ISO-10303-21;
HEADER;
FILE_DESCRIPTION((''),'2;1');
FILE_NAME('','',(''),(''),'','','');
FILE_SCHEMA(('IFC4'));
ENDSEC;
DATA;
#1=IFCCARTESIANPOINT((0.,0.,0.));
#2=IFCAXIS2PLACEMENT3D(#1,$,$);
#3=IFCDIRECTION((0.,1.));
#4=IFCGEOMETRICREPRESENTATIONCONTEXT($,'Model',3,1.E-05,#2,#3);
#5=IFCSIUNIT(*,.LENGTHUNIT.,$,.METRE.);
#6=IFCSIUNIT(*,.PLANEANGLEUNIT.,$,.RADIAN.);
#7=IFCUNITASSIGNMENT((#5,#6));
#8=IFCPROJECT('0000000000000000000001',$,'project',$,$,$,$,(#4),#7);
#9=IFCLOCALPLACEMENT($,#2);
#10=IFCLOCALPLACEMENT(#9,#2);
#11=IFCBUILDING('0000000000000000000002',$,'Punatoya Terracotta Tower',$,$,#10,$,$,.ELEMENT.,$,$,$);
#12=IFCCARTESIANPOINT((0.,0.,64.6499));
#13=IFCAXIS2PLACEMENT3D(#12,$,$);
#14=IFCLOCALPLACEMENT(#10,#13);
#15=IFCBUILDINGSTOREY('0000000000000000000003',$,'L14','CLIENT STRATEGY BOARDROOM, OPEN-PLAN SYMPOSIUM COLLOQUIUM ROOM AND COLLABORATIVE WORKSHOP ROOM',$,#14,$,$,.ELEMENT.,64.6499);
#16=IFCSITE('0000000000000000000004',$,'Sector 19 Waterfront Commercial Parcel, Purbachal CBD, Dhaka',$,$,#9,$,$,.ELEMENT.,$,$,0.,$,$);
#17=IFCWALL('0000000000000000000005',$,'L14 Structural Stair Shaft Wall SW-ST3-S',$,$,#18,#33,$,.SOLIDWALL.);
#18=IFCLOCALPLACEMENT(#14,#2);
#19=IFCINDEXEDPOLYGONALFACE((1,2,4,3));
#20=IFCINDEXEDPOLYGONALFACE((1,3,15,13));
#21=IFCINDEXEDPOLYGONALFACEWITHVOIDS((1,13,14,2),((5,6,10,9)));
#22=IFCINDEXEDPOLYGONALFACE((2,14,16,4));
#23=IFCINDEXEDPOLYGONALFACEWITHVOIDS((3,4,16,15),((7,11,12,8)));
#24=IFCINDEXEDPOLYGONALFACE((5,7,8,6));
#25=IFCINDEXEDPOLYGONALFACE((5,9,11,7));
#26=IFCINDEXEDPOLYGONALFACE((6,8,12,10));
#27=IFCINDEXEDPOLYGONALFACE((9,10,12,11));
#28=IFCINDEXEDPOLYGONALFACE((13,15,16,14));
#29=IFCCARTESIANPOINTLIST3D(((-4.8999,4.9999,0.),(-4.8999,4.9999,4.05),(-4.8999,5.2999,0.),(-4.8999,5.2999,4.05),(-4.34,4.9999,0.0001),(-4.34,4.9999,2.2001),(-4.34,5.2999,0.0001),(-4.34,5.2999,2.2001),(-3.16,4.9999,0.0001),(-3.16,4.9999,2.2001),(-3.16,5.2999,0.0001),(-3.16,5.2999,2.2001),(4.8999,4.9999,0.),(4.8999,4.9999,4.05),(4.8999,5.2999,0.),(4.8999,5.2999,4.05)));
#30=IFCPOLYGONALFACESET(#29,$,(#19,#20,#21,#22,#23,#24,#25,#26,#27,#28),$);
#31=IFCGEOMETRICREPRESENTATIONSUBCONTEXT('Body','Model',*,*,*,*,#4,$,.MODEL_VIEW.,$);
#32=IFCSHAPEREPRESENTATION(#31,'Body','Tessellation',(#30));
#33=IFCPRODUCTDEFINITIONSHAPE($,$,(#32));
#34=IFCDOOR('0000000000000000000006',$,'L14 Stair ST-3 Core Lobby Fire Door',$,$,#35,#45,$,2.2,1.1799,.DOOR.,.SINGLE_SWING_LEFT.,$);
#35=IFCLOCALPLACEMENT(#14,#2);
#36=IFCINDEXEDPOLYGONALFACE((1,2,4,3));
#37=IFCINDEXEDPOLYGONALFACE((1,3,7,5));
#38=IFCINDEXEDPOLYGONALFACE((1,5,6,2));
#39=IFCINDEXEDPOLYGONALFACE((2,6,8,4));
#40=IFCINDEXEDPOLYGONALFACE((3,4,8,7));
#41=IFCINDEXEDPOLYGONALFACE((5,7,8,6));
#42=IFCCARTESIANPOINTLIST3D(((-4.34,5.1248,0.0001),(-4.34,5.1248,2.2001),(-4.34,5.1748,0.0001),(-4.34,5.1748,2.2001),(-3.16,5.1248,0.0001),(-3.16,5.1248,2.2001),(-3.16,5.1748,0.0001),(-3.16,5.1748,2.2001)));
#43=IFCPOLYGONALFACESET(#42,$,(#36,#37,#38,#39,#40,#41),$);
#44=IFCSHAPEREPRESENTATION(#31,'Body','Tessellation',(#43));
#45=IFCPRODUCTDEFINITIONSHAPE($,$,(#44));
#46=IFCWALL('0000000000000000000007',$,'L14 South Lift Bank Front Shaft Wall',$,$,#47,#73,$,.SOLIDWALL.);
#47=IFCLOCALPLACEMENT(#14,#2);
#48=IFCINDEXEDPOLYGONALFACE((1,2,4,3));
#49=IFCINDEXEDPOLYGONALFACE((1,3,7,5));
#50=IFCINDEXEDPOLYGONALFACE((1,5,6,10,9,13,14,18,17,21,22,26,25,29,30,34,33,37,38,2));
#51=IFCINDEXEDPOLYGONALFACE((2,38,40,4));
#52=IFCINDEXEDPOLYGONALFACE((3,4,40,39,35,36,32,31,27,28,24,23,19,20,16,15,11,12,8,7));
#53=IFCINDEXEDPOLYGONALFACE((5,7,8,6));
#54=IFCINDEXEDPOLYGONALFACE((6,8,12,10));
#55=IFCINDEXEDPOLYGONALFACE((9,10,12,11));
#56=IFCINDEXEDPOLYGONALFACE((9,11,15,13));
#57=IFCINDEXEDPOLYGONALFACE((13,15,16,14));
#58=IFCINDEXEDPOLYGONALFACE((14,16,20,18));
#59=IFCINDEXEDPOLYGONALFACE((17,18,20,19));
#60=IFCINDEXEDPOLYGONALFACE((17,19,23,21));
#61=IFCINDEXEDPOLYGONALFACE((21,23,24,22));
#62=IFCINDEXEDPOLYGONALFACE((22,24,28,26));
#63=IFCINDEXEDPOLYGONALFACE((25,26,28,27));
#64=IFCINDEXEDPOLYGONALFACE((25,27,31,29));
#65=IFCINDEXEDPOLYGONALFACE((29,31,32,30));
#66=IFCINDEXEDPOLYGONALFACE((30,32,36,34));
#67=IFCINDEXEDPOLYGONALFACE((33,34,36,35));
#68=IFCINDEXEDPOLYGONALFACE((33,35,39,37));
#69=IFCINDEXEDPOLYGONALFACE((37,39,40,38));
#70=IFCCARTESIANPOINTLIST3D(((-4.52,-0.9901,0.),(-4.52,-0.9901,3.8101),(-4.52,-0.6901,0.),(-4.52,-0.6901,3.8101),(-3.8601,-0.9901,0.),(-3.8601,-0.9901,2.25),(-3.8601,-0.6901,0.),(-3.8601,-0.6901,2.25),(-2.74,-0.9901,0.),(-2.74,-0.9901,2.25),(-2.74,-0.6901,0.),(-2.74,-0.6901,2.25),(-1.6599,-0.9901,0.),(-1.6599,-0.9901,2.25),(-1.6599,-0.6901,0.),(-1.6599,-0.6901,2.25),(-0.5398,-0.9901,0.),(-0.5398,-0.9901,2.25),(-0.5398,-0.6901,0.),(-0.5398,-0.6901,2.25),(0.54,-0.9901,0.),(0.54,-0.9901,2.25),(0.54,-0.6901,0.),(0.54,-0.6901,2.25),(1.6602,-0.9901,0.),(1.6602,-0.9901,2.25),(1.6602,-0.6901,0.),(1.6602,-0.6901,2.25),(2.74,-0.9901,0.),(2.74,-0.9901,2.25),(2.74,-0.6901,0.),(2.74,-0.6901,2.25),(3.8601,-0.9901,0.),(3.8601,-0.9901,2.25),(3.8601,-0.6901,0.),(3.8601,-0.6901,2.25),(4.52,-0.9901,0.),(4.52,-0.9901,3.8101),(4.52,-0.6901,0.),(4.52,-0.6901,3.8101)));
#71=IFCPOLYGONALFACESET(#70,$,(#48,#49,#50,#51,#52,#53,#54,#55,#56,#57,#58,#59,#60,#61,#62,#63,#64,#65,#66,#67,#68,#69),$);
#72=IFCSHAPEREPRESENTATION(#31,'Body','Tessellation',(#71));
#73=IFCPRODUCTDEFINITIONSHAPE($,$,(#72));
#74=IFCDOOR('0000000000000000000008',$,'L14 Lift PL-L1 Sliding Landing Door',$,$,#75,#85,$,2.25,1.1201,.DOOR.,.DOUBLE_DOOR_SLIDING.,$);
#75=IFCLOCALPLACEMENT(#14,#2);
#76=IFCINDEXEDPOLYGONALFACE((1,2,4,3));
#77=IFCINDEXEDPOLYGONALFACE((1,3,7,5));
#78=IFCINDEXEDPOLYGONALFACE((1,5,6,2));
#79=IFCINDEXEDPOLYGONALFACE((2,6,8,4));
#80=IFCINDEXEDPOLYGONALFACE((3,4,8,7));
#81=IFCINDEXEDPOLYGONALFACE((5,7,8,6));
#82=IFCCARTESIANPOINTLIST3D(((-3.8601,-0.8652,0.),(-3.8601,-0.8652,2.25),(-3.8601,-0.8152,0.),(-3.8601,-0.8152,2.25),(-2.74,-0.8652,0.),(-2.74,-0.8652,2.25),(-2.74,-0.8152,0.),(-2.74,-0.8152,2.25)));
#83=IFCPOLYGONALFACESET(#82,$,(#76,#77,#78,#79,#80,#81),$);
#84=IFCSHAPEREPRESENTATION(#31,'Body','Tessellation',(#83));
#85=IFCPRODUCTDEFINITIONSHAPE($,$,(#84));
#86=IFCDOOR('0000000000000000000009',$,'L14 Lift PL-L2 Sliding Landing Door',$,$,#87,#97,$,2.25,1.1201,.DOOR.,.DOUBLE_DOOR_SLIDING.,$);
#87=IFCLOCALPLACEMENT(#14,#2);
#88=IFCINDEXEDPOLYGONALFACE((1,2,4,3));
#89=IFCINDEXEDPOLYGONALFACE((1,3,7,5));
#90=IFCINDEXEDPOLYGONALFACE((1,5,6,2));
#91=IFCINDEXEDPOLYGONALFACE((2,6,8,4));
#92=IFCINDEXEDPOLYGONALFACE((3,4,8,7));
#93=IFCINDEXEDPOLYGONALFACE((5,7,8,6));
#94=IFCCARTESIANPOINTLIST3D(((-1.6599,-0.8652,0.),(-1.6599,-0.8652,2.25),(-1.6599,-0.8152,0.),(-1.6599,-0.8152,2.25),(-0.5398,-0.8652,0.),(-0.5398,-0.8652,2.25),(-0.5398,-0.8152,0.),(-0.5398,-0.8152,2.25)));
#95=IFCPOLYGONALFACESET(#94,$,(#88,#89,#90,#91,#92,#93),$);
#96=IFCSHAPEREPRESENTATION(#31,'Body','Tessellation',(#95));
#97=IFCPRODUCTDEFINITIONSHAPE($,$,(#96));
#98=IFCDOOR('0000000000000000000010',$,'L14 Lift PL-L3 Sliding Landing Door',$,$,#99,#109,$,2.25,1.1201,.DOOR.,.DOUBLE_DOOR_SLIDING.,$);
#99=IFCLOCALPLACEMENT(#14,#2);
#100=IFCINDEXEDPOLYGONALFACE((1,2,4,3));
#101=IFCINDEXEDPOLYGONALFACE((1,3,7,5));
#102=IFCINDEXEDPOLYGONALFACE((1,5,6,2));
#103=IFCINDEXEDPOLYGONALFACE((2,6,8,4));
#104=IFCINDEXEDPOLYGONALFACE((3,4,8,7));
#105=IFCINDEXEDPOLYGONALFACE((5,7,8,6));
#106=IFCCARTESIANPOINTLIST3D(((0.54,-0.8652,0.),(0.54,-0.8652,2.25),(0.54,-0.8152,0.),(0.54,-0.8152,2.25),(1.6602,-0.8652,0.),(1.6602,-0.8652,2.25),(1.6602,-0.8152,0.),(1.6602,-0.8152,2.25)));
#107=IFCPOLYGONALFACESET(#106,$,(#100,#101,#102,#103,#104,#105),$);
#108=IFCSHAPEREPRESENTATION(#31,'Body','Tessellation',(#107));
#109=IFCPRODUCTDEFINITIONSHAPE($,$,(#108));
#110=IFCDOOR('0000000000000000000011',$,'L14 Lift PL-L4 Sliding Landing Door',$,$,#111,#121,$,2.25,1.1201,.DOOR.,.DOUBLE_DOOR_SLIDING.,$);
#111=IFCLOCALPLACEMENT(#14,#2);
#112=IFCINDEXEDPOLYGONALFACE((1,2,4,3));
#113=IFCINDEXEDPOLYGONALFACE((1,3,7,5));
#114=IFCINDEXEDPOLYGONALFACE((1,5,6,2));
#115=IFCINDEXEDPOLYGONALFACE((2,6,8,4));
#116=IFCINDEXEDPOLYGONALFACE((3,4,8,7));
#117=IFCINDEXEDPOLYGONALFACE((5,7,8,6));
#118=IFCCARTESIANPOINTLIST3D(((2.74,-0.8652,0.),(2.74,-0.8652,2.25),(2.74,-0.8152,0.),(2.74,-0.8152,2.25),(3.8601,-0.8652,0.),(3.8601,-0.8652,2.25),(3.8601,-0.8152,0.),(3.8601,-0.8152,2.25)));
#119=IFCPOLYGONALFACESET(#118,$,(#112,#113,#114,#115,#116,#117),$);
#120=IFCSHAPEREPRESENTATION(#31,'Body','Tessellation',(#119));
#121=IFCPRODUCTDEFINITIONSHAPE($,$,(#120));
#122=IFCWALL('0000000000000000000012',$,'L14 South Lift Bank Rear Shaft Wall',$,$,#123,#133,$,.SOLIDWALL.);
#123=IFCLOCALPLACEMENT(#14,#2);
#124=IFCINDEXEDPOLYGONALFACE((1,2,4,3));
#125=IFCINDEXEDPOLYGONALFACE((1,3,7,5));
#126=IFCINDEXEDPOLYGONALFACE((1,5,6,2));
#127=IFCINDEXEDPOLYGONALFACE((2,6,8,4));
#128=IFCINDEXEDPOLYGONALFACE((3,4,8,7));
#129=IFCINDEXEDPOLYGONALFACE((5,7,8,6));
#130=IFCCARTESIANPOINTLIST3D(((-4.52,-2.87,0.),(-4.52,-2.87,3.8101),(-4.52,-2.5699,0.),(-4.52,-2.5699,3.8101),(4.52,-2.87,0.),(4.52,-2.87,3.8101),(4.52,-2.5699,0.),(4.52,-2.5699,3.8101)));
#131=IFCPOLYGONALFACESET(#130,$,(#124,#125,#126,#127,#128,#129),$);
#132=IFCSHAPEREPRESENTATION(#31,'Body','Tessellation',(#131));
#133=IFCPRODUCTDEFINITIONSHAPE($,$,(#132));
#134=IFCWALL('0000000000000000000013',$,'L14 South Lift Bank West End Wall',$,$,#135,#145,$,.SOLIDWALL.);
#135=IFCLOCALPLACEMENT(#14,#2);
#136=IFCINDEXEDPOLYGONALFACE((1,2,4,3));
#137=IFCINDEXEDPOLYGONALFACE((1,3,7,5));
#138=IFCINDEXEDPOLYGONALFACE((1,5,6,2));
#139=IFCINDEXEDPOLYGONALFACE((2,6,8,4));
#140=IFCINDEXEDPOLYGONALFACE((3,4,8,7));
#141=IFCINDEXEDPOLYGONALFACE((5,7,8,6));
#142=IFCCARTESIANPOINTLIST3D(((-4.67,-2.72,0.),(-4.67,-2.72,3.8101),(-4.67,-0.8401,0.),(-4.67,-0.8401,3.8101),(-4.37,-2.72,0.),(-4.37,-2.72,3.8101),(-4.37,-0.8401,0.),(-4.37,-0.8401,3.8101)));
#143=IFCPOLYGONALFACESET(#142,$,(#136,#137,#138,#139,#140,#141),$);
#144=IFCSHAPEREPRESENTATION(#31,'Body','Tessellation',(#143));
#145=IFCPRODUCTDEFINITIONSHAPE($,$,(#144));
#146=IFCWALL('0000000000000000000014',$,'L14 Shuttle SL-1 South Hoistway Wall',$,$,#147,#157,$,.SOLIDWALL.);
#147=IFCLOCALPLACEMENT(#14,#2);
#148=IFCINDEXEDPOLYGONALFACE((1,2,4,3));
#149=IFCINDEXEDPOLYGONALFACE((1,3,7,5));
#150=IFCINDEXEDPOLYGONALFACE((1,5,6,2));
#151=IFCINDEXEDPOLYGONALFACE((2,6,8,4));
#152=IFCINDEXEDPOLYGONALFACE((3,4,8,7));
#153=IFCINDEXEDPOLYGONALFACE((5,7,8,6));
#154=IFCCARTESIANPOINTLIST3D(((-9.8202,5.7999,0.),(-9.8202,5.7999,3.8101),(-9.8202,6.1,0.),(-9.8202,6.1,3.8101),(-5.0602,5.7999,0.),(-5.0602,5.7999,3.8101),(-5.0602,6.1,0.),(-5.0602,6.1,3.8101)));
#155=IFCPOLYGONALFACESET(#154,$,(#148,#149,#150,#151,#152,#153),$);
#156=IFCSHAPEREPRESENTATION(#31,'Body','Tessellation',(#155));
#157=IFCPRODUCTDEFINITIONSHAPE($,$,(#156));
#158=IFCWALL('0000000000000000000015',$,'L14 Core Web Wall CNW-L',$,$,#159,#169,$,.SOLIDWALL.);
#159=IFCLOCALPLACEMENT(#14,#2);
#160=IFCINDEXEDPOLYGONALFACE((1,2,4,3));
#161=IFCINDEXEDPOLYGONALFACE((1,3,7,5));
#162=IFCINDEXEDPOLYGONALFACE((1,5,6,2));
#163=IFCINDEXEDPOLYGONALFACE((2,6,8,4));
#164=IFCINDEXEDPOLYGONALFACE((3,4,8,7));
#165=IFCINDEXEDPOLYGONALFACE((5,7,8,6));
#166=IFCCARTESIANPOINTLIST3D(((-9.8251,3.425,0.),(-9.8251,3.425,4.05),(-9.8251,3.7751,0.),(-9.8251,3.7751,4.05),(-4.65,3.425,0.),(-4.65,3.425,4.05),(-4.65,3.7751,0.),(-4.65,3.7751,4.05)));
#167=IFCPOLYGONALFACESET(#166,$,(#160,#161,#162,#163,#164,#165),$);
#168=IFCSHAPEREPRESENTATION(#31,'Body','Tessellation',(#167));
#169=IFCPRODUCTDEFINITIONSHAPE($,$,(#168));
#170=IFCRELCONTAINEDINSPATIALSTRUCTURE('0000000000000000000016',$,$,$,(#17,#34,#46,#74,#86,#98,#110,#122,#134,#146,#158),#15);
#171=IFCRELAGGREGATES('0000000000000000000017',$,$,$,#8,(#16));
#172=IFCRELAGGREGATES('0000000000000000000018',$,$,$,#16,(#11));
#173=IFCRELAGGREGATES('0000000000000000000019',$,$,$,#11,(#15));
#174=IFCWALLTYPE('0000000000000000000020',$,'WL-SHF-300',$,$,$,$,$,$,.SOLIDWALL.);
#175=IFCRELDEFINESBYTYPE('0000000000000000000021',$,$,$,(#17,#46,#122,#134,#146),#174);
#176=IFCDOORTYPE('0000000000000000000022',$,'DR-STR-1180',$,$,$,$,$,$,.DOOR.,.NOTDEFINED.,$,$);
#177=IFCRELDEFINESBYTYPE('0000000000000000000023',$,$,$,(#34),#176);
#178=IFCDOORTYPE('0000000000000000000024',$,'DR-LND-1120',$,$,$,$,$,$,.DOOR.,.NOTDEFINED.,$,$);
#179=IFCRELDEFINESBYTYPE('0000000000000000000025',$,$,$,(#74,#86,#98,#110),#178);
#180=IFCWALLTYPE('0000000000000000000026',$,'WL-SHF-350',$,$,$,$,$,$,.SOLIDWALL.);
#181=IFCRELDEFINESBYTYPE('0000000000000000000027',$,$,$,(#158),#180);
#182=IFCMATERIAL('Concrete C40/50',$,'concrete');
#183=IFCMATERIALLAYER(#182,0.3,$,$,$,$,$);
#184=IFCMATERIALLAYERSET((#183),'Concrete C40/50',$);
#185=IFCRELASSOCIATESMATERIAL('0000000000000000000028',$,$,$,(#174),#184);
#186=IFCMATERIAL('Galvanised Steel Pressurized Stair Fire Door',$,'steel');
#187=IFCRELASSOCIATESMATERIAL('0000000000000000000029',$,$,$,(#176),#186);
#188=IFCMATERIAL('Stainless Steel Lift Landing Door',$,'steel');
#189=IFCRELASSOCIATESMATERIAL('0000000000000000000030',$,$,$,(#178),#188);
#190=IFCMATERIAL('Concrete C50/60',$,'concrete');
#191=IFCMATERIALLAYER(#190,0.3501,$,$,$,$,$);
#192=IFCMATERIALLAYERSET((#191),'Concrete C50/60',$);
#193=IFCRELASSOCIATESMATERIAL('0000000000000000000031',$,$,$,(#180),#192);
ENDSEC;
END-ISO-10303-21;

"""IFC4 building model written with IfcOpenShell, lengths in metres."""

from ifc_helpers import new_model, si_unit, direction, frame, frame_2d, origin, place, context, subcontext, project, spatial, rectangle, extrude, material, layer, layer_set, type_object, element, fill, save


model = new_model("IFC4")

# Units and contexts
model_context = context("Model", 3, precision=1e-05, world=origin(), true_north=direction((0.0, 1.0)))
body_context = subcontext(model_context, "Body", "Model", "MODEL_VIEW")
ifc_project = project(units=[si_unit("LENGTHUNIT", "METRE"), si_unit("PLANEANGLEUNIT", "RADIAN")], contexts=[model_context])

# Site, building, storey
site_placement = place(None, origin())
site = spatial("IfcSite", under=ifc_project, at=site_placement, Name="Sector 19 Waterfront Commercial Parcel, Purbachal CBD, Dhaka", CompositionType="ELEMENT", RefElevation=0.0)
building_placement = place(site_placement, origin())
building = spatial("IfcBuilding", under=site, at=building_placement, Name="Punatoya Terracotta Tower", CompositionType="ELEMENT")
storey_placement = place(building_placement, frame((0.0, 0.0, 64.6499)))
storey = spatial("IfcBuildingStorey", under=building, at=storey_placement, Name="L14", Description="CLIENT STRATEGY BOARDROOM, OPEN-PLAN SYMPOSIUM COLLOQUIUM ROOM AND COLLABORATIVE WORKSHOP ROOM", CompositionType="ELEMENT", Elevation=64.6499)

# Shared definitions
ifc_material_1 = material(Name="Concrete C40/50", Category="concrete")

# Shared definitions
ifc_layer_1 = layer(ifc_material_1, 0.3)
ifc_layer_set_1 = layer_set([ifc_layer_1], Name="Concrete C40/50")
wall_type_1 = type_object("IfcWallType", Name="WL-SHF-300", PredefinedType="SOLIDWALL", material=ifc_layer_set_1)

# Wall, opening, door
wall_1_placement = place(storey_placement, frame((-4.8999, 5.1499, 0.0), z_axis=(0.0, 0.0, 1.0), x_axis=(1.0, 0.0, 0.0)))
wall_1 = element("IfcWall", 1, at=wall_1_placement, inside=storey, type_object=wall_type_1, Name="L14 Structural Stair Shaft Wall SW-ST3-S", PredefinedType="SOLIDWALL", context=body_context, shape_type="SweptSolid", body=[
    extrude(rectangle(XDim=9.7998, YDim=0.3, at=frame_2d((4.8999, 0.0))), origin(), (0.0, 0.0, 1.0), 4.05),
])
opening_1_placement = place(wall_1_placement, frame((0.5601, 0.0, 0.0)))
opening_1 = element("IfcOpeningElement", 2, at=opening_1_placement, cuts=wall_1, PredefinedType="OPENING", context=body_context, shape_type="SweptSolid", body=[
    extrude(rectangle(XDim=1.1799, YDim=2.2, at=frame_2d((0.5898, 1.1001))), frame((0.0, 0.1599, 0.0), z_axis=(0.0, -1.0, 0.0), x_axis=(1.0, 0.0, 0.0)), (0.0, 0.0, 1.0), 0.3201),
])
ifc_material_2 = material(Name="Galvanised Steel Pressurized Stair Fire Door", Category="steel")
door_type_1 = type_object("IfcDoorType", Name="DR-STR-1180", OperationType="NOTDEFINED", PredefinedType="DOOR", material=ifc_material_2)
door_1_placement = place(opening_1_placement, origin())
door_1 = element("IfcDoor", 3, at=door_1_placement, inside=storey, type_object=door_type_1, Name="L14 Stair ST-3 Core Lobby Fire Door", OperationType="SINGLE_SWING_LEFT", OverallHeight=2.2, OverallWidth=1.1799, PredefinedType="DOOR", context=body_context, shape_type="SweptSolid", body=[
    extrude(rectangle(XDim=1.1799, YDim=2.2, at=frame_2d((0.5898, 1.1001))), frame((0.0, 0.0249, 0.0), z_axis=(0.0, -1.0, 0.0), x_axis=(1.0, 0.0, 0.0)), (0.0, 0.0, 1.0), 0.05),
])
fill(opening_1, door_1)

# Wall, openings, doors
wall_2_placement = place(storey_placement, frame((-4.52, -0.8401, 0.0), z_axis=(0.0, 0.0, 1.0), x_axis=(1.0, 0.0, 0.0)))
wall_2 = element("IfcWall", 4, at=wall_2_placement, inside=storey, type_object=wall_type_1, Name="L14 South Lift Bank Front Shaft Wall", PredefinedType="SOLIDWALL", context=body_context, shape_type="SweptSolid", body=[
    extrude(rectangle(XDim=9.04, YDim=0.3, at=frame_2d((4.52, 0.0))), origin(), (0.0, 0.0, 1.0), 3.8101),
])
opening_2_placement = place(wall_2_placement, frame((0.6599, 0.0, 0.0)))
opening_2 = element("IfcOpeningElement", 5, at=opening_2_placement, cuts=wall_2, PredefinedType="OPENING", context=body_context, shape_type="SweptSolid", body=[
    extrude(rectangle(XDim=1.1201, YDim=2.25, at=frame_2d((0.5601, 1.125))), frame((0.0, 0.1599, 0.0), z_axis=(0.0, -1.0, 0.0), x_axis=(1.0, 0.0, 0.0)), (0.0, 0.0, 1.0), 0.3201),
])
opening_3_placement = place(wall_2_placement, frame((2.8601, 0.0, 0.0)))
opening_3 = element("IfcOpeningElement", 6, at=opening_3_placement, cuts=wall_2, PredefinedType="OPENING", context=body_context, shape_type="SweptSolid", body=[
    extrude(rectangle(XDim=1.1201, YDim=2.25, at=frame_2d((0.5601, 1.125))), frame((0.0, 0.1599, 0.0), z_axis=(0.0, -1.0, 0.0), x_axis=(1.0, 0.0, 0.0)), (0.0, 0.0, 1.0), 0.3201),
])
opening_4_placement = place(wall_2_placement, frame((5.0601, 0.0, 0.0)))
opening_4 = element("IfcOpeningElement", 7, at=opening_4_placement, cuts=wall_2, PredefinedType="OPENING", context=body_context, shape_type="SweptSolid", body=[
    extrude(rectangle(XDim=1.1201, YDim=2.25, at=frame_2d((0.5601, 1.125))), frame((0.0, 0.1599, 0.0), z_axis=(0.0, -1.0, 0.0), x_axis=(1.0, 0.0, 0.0)), (0.0, 0.0, 1.0), 0.3201),
])
opening_5_placement = place(wall_2_placement, frame((7.26, 0.0, 0.0)))
opening_5 = element("IfcOpeningElement", 8, at=opening_5_placement, cuts=wall_2, PredefinedType="OPENING", context=body_context, shape_type="SweptSolid", body=[
    extrude(rectangle(XDim=1.1201, YDim=2.25, at=frame_2d((0.5601, 1.125))), frame((0.0, 0.1599, 0.0), z_axis=(0.0, -1.0, 0.0), x_axis=(1.0, 0.0, 0.0)), (0.0, 0.0, 1.0), 0.3201),
])
ifc_material_3 = material(Name="Stainless Steel Lift Landing Door", Category="steel")
door_type_2 = type_object("IfcDoorType", Name="DR-LND-1120", OperationType="NOTDEFINED", PredefinedType="DOOR", material=ifc_material_3)
door_2_placement = place(opening_2_placement, origin())
door_2 = element("IfcDoor", 9, at=door_2_placement, inside=storey, type_object=door_type_2, Name="L14 Lift PL-L1 Sliding Landing Door", OperationType="DOUBLE_DOOR_SLIDING", OverallHeight=2.25, OverallWidth=1.1201, PredefinedType="DOOR", context=body_context, shape_type="SweptSolid", body=[
    extrude(rectangle(XDim=1.1201, YDim=2.25, at=frame_2d((0.5601, 1.125))), frame((0.0, 0.0249, 0.0), z_axis=(0.0, -1.0, 0.0), x_axis=(1.0, 0.0, 0.0)), (0.0, 0.0, 1.0), 0.05),
])
fill(opening_2, door_2)
door_3_placement = place(opening_3_placement, origin())
door_3 = element("IfcDoor", 10, at=door_3_placement, inside=storey, type_object=door_type_2, Name="L14 Lift PL-L2 Sliding Landing Door", OperationType="DOUBLE_DOOR_SLIDING", OverallHeight=2.25, OverallWidth=1.1201, PredefinedType="DOOR", context=body_context, shape_type="SweptSolid", body=[
    extrude(rectangle(XDim=1.1201, YDim=2.25, at=frame_2d((0.5601, 1.125))), frame((0.0, 0.0249, 0.0), z_axis=(0.0, -1.0, 0.0), x_axis=(1.0, 0.0, 0.0)), (0.0, 0.0, 1.0), 0.05),
])
fill(opening_3, door_3)
door_4_placement = place(opening_4_placement, origin())
door_4 = element("IfcDoor", 11, at=door_4_placement, inside=storey, type_object=door_type_2, Name="L14 Lift PL-L3 Sliding Landing Door", OperationType="DOUBLE_DOOR_SLIDING", OverallHeight=2.25, OverallWidth=1.1201, PredefinedType="DOOR", context=body_context, shape_type="SweptSolid", body=[
    extrude(rectangle(XDim=1.1201, YDim=2.25, at=frame_2d((0.5601, 1.125))), frame((0.0, 0.0249, 0.0), z_axis=(0.0, -1.0, 0.0), x_axis=(1.0, 0.0, 0.0)), (0.0, 0.0, 1.0), 0.05),
])
fill(opening_4, door_4)
door_5_placement = place(opening_5_placement, origin())
door_5 = element("IfcDoor", 12, at=door_5_placement, inside=storey, type_object=door_type_2, Name="L14 Lift PL-L4 Sliding Landing Door", OperationType="DOUBLE_DOOR_SLIDING", OverallHeight=2.25, OverallWidth=1.1201, PredefinedType="DOOR", context=body_context, shape_type="SweptSolid", body=[
    extrude(rectangle(XDim=1.1201, YDim=2.25, at=frame_2d((0.5601, 1.125))), frame((0.0, 0.0249, 0.0), z_axis=(0.0, -1.0, 0.0), x_axis=(1.0, 0.0, 0.0)), (0.0, 0.0, 1.0), 0.05),
])
fill(opening_5, door_5)

# Walls
wall_3_placement = place(storey_placement, frame((-4.52, -2.72, 0.0), z_axis=(0.0, 0.0, 1.0), x_axis=(1.0, 0.0, 0.0)))
element("IfcWall", 13, at=wall_3_placement, inside=storey, type_object=wall_type_1, Name="L14 South Lift Bank Rear Shaft Wall", PredefinedType="SOLIDWALL", context=body_context, shape_type="SweptSolid", body=[
    extrude(rectangle(XDim=9.04, YDim=0.3, at=frame_2d((4.52, 0.0))), origin(), (0.0, 0.0, 1.0), 3.8101),
])
wall_4_placement = place(storey_placement, frame((-4.52, -2.72, 0.0), z_axis=(0.0, 0.0, 1.0), x_axis=(0.0, 1.0, 0.0)))
element("IfcWall", 14, at=wall_4_placement, inside=storey, type_object=wall_type_1, Name="L14 South Lift Bank West End Wall", PredefinedType="SOLIDWALL", context=body_context, shape_type="SweptSolid", body=[
    extrude(rectangle(XDim=1.8799, YDim=0.3, at=frame_2d((0.9399, 0.0))), origin(), (0.0, 0.0, 1.0), 3.8101),
])
wall_5_placement = place(storey_placement, frame((-9.8201, 5.95, 0.0), z_axis=(0.0, 0.0, 1.0), x_axis=(1.0, 0.0, 0.0)))
element("IfcWall", 15, at=wall_5_placement, inside=storey, type_object=wall_type_1, Name="L14 Shuttle SL-1 South Hoistway Wall", PredefinedType="SOLIDWALL", context=body_context, shape_type="SweptSolid", body=[
    extrude(rectangle(XDim=4.76, YDim=0.3, at=frame_2d((2.3799, 0.0))), origin(), (0.0, 0.0, 1.0), 3.8101),
])
ifc_material_4 = material(Name="Concrete C50/60", Category="concrete")
ifc_layer_2 = layer(ifc_material_4, 0.3501)
ifc_layer_set_2 = layer_set([ifc_layer_2], Name="Concrete C50/60")
wall_type_2 = type_object("IfcWallType", Name="WL-SHF-350", PredefinedType="SOLIDWALL", material=ifc_layer_set_2)
wall_6_placement = place(storey_placement, frame((-9.825, 3.6001, 0.0), z_axis=(0.0, 0.0, 1.0), x_axis=(1.0, 0.0, 0.0)))
element("IfcWall", 16, at=wall_6_placement, inside=storey, type_object=wall_type_2, Name="L14 Core Web Wall CNW-L", PredefinedType="SOLIDWALL", context=body_context, shape_type="SweptSolid", body=[
    extrude(rectangle(XDim=5.175, YDim=0.3501, at=frame_2d((2.5874, 0.0))), origin(), (0.0, 0.0, 1.0), 4.05),
])

save(model, "model.ifc")
